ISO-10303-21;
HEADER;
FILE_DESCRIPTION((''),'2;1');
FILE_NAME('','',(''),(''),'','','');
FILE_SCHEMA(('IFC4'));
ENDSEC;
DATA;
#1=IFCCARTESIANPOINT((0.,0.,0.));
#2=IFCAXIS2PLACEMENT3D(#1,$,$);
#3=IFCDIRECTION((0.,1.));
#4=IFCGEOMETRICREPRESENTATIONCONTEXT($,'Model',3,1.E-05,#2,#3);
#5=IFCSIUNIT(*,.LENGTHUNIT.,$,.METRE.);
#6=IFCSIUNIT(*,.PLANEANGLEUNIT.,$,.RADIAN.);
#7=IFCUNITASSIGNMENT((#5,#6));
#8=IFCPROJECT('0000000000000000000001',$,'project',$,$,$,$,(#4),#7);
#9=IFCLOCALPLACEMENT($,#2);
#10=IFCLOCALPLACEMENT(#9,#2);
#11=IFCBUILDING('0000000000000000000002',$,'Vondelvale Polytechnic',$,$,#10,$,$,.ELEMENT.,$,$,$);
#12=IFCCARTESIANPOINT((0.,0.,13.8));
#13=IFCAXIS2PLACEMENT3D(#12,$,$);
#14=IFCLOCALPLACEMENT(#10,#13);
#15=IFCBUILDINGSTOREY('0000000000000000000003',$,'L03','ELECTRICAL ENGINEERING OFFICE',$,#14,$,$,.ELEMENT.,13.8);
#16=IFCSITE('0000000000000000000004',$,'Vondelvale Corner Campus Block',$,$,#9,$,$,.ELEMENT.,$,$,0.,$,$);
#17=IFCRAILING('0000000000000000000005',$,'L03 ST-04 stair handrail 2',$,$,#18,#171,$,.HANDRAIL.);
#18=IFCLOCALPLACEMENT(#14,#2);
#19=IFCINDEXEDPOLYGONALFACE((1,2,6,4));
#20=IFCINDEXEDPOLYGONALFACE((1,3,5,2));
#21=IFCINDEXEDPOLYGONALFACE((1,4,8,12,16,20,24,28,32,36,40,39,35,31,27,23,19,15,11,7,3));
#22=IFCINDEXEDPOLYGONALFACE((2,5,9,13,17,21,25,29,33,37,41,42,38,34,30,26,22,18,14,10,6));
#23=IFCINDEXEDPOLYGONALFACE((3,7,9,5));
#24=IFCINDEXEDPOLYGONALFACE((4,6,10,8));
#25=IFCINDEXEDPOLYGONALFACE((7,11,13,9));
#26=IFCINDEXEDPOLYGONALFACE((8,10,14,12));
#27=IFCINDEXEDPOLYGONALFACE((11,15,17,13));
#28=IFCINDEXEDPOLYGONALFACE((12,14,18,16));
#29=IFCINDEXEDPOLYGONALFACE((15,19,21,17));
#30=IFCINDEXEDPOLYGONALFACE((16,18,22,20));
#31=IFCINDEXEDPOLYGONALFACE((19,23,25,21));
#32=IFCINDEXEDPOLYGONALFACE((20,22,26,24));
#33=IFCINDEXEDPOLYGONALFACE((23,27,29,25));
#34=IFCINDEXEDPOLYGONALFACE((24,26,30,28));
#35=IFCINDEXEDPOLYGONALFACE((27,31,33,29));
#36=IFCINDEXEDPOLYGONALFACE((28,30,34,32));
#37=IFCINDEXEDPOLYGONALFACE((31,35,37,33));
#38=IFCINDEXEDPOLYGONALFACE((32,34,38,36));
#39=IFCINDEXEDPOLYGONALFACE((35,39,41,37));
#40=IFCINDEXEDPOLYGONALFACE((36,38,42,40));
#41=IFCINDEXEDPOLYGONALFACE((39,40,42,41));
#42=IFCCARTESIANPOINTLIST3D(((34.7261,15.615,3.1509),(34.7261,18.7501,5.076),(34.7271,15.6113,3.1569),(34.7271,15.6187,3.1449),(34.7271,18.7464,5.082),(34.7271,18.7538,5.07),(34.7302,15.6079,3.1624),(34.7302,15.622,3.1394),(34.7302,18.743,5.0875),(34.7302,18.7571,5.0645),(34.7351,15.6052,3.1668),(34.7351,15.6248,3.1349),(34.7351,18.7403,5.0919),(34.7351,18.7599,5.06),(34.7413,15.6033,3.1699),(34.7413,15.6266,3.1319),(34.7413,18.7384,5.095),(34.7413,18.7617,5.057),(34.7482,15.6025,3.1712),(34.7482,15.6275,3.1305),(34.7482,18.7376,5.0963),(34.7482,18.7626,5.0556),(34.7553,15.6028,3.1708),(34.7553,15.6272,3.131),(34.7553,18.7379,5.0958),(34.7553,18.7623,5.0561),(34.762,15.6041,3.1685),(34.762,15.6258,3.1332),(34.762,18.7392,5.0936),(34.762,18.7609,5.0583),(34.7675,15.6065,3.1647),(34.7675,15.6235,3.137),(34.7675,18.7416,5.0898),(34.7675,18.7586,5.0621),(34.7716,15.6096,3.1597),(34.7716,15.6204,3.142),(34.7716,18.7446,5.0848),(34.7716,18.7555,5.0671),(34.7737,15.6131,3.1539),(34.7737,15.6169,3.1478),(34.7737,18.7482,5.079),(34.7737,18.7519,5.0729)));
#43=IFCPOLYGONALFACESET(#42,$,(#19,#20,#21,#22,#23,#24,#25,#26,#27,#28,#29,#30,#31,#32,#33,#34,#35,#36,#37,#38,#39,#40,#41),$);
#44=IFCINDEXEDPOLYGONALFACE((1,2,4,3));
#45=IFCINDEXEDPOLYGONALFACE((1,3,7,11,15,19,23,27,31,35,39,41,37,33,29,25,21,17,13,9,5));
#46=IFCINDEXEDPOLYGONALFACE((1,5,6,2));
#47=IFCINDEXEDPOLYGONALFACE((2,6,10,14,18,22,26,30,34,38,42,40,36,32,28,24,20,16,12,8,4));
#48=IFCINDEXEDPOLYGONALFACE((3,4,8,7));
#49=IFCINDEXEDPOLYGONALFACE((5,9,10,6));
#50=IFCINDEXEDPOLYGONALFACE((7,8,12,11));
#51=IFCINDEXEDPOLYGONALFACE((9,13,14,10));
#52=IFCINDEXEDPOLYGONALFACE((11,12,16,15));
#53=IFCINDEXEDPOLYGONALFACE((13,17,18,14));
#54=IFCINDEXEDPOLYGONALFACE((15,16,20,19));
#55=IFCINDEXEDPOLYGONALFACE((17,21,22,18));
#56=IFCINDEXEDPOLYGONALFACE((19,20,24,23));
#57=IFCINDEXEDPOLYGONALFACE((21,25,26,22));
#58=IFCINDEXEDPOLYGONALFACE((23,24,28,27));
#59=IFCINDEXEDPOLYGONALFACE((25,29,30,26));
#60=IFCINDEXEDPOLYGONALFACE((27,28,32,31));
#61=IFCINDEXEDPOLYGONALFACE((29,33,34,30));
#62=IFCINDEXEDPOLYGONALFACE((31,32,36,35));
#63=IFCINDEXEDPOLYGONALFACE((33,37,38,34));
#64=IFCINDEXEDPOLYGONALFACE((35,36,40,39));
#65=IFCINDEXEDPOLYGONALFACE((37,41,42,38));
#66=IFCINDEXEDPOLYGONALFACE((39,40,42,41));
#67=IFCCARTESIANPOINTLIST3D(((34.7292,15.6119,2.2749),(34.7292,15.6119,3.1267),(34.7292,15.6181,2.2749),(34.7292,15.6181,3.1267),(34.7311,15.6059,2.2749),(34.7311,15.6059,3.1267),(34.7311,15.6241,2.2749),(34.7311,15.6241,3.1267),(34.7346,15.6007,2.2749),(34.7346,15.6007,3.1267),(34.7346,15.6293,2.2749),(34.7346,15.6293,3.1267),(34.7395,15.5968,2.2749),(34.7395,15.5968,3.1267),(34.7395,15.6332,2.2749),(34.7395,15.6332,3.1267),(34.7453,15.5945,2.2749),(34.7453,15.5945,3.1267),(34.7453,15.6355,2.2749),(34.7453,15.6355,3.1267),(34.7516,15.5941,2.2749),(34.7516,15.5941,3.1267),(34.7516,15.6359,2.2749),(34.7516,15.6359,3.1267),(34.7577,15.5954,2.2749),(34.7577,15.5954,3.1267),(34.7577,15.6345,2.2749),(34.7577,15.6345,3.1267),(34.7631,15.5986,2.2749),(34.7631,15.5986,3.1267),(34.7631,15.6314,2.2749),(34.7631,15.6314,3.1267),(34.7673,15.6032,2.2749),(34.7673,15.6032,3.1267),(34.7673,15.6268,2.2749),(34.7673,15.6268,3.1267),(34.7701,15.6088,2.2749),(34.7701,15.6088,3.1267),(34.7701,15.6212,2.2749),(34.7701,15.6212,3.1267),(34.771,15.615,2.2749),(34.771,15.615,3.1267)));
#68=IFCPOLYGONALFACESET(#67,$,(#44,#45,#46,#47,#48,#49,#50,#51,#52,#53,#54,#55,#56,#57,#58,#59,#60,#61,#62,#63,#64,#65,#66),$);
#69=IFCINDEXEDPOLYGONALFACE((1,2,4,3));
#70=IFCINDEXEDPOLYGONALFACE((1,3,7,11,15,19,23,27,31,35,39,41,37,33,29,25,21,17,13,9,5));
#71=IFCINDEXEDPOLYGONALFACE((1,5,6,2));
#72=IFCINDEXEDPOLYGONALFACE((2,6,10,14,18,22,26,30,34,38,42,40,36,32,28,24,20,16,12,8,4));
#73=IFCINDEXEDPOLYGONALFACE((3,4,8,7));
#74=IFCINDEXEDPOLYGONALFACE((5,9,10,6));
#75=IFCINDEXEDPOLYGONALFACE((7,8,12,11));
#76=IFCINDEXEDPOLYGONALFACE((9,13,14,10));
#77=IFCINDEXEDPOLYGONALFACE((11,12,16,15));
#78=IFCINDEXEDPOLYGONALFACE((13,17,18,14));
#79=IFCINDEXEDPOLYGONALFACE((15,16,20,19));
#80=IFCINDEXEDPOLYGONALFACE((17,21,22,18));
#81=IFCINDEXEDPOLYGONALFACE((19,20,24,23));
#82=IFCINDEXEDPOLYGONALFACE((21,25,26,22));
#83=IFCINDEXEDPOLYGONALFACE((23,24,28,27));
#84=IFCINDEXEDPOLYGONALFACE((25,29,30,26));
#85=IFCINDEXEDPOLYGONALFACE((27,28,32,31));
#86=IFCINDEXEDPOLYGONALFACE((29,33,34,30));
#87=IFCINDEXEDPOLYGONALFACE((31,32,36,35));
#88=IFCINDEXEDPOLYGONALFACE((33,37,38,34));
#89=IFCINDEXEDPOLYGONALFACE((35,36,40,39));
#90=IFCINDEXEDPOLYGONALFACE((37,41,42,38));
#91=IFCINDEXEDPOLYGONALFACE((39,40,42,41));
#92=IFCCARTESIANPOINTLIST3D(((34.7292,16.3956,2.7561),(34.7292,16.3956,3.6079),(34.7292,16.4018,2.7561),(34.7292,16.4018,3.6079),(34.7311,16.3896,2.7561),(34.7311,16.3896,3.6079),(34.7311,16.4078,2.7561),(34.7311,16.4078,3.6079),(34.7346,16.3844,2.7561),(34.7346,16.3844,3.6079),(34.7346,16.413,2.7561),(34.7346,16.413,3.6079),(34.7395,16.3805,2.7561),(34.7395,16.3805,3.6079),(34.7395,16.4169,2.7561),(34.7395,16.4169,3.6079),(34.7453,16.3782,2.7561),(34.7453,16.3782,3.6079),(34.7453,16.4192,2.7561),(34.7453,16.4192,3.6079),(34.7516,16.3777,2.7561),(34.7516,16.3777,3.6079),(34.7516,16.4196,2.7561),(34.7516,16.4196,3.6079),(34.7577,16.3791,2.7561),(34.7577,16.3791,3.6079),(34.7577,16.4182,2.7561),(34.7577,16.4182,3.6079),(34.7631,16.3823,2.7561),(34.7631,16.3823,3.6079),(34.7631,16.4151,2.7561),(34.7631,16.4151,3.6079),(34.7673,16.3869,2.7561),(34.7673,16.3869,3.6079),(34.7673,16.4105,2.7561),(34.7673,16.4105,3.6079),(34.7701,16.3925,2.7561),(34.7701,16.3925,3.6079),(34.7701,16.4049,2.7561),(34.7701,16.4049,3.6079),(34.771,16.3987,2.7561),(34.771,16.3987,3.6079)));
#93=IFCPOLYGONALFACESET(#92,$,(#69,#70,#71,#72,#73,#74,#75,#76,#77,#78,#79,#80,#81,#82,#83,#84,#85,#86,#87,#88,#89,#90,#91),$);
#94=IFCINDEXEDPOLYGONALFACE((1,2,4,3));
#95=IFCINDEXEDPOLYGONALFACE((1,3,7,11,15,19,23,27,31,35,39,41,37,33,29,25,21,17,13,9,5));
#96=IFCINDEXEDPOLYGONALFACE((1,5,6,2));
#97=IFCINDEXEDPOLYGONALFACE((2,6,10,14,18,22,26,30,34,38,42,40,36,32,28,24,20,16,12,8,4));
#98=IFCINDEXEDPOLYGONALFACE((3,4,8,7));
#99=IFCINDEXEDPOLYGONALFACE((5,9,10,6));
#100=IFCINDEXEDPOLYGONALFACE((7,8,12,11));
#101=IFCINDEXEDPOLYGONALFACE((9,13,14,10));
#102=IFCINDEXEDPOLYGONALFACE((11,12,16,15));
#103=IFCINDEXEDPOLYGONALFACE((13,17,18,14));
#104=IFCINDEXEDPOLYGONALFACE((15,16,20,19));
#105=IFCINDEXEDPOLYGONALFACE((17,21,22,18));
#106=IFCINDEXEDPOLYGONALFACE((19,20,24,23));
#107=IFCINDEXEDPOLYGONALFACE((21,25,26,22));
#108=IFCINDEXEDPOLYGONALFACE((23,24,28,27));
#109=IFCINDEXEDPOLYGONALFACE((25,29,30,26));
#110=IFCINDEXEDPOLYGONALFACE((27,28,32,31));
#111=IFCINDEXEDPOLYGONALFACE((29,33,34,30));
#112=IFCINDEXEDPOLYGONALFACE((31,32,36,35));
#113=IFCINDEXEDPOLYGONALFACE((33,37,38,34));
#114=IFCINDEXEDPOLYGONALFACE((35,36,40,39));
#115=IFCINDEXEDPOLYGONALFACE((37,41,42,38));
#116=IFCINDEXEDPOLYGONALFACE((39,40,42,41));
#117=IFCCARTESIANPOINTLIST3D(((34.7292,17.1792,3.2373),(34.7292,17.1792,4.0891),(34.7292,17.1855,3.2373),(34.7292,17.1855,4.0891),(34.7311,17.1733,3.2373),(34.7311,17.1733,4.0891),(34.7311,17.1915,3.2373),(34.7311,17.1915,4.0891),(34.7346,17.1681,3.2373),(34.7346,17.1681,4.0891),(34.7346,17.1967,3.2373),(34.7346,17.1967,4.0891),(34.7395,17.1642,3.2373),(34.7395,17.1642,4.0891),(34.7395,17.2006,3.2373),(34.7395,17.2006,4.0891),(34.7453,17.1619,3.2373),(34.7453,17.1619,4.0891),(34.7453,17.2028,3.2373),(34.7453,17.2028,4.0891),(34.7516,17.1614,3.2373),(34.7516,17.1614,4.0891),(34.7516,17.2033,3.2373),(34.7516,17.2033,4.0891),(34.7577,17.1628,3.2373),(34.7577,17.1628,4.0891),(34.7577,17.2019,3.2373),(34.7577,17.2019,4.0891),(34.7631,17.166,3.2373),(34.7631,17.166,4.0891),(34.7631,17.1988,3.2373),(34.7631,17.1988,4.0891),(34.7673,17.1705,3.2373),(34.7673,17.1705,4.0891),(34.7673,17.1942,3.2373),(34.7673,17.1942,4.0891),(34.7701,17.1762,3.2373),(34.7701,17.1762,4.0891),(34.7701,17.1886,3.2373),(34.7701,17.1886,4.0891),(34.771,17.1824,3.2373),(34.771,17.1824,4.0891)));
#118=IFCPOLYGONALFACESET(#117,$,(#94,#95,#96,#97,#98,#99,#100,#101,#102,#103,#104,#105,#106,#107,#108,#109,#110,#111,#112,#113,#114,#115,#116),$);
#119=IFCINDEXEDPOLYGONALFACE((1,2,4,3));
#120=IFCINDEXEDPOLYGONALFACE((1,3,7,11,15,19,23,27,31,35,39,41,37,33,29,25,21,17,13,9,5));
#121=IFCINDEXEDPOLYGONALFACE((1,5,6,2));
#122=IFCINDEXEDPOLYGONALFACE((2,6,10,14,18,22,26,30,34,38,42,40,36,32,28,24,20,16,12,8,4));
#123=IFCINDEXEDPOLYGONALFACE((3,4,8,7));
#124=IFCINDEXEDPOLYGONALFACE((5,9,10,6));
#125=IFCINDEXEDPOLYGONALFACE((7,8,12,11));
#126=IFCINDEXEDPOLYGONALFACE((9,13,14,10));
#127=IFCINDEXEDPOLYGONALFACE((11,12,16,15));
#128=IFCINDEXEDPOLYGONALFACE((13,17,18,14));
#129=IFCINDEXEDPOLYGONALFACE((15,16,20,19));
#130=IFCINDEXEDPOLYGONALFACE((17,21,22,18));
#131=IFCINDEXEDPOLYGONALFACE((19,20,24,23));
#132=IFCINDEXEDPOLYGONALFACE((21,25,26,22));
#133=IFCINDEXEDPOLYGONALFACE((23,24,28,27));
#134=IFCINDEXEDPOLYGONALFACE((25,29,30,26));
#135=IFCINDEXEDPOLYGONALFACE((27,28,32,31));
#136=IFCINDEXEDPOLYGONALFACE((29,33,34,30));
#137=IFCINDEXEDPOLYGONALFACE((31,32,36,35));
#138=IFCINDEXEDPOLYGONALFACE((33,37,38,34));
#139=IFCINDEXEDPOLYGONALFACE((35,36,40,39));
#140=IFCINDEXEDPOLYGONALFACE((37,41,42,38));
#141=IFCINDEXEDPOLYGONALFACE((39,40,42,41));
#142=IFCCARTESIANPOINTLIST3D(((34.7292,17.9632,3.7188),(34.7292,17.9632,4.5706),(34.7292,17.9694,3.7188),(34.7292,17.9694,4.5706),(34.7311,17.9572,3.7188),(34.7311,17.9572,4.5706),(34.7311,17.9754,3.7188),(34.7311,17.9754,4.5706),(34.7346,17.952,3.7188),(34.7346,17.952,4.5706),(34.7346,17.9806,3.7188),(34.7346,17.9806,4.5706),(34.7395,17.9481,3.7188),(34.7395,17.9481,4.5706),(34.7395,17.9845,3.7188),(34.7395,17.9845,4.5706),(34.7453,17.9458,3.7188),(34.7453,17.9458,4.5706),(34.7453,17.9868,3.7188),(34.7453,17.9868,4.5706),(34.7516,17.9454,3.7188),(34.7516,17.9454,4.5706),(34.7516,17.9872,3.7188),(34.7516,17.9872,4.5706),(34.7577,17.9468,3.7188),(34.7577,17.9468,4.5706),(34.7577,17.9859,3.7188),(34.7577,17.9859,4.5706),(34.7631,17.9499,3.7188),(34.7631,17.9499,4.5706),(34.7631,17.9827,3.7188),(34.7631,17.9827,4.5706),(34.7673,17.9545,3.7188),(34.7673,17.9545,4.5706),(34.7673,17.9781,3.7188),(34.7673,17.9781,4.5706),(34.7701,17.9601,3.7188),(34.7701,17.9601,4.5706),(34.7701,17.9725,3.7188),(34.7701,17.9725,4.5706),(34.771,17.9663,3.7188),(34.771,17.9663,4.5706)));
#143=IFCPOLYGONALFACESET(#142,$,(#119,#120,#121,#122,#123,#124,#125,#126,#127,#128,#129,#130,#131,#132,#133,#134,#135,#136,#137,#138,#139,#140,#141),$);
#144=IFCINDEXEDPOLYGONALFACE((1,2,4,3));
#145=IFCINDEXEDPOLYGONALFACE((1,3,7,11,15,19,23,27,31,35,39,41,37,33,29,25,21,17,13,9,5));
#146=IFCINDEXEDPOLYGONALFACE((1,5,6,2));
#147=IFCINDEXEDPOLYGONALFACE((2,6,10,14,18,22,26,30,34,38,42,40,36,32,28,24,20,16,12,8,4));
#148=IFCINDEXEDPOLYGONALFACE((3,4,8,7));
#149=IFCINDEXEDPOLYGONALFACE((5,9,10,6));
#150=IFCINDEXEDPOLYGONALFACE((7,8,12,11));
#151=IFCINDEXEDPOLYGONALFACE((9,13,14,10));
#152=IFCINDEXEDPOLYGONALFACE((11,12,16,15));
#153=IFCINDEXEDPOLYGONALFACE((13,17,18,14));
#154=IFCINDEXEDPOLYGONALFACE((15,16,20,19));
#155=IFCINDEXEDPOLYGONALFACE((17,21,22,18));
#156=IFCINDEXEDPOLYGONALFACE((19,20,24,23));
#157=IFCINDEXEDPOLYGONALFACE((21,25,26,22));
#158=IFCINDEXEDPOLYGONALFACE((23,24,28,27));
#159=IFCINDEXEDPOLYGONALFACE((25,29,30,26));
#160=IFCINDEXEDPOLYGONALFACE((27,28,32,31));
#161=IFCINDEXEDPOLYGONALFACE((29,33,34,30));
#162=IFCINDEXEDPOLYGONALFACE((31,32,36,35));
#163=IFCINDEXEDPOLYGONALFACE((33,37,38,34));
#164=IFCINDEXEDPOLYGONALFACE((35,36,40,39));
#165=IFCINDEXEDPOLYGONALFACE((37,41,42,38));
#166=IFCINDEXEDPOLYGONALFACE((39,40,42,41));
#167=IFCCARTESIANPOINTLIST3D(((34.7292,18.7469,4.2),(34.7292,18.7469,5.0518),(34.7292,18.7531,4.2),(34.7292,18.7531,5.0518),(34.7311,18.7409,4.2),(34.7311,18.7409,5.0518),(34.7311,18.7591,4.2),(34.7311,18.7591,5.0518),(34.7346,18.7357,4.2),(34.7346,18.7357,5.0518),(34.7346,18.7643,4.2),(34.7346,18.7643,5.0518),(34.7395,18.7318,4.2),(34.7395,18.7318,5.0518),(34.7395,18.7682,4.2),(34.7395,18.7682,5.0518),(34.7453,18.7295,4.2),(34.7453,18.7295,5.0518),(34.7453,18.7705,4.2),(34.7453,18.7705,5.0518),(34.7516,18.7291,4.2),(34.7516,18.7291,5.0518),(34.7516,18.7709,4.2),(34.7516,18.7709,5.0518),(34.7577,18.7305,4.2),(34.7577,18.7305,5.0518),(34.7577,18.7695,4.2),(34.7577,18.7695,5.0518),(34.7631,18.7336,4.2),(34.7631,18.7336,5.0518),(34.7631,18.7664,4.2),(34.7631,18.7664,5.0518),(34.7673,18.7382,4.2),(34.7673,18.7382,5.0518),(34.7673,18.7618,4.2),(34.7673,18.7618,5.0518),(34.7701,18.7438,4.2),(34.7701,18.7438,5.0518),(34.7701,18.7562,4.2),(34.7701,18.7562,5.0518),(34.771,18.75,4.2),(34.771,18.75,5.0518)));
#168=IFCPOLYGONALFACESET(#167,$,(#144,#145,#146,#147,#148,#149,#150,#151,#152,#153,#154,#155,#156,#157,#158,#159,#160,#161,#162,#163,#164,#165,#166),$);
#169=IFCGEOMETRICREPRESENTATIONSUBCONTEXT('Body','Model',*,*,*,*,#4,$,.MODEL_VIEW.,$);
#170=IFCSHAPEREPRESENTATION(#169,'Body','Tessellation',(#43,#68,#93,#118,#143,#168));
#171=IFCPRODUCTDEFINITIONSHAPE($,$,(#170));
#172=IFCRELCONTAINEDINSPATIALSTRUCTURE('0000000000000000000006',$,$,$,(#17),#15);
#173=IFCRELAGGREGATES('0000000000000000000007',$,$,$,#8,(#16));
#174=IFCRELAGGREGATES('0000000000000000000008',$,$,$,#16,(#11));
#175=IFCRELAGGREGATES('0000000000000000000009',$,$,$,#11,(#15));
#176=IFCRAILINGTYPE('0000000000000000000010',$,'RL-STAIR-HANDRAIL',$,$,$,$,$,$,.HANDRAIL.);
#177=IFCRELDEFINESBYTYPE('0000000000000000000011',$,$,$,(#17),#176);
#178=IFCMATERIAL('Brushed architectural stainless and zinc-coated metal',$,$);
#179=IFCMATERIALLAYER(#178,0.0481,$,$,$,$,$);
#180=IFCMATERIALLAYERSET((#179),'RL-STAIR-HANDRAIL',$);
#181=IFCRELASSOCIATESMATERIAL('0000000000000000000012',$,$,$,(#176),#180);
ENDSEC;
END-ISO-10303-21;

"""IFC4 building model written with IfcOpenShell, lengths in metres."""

from ifc_helpers import new_model, si_unit, direction, frame, origin, origin_2d, place, context, subcontext, project, spatial, circle, extrude, material, layer, layer_set, type_object, element, save


model = new_model("IFC4")

# Units and contexts
model_context = context("Model", 3, precision=1e-05, world=origin(), true_north=direction((0.0, 1.0)))
body_context = subcontext(model_context, "Body", "Model", "MODEL_VIEW")
ifc_project = project(units=[si_unit("LENGTHUNIT", "METRE"), si_unit("PLANEANGLEUNIT", "RADIAN")], contexts=[model_context])

# Site, building, storey
site_placement = place(None, origin())
site = spatial("IfcSite", under=ifc_project, at=site_placement, Name="Vondelvale Corner Campus Block", CompositionType="ELEMENT", RefElevation=0.0)
building_placement = place(site_placement, origin())
building = spatial("IfcBuilding", under=site, at=building_placement, Name="Vondelvale Polytechnic", CompositionType="ELEMENT")
storey_placement = place(building_placement, frame((0.0, 0.0, 13.8)))
storey = spatial("IfcBuildingStorey", under=building, at=storey_placement, Name="L03", Description="ELECTRICAL ENGINEERING OFFICE", CompositionType="ELEMENT", Elevation=13.8)

# Railing
ifc_material_1 = material(Name="Brushed architectural stainless and zinc-coated metal")
ifc_layer_1 = layer(ifc_material_1, 0.0481)
ifc_layer_set_1 = layer_set([ifc_layer_1], Name="RL-STAIR-HANDRAIL")
railing_type_1 = type_object("IfcRailingType", Name="RL-STAIR-HANDRAIL", PredefinedType="HANDRAIL", material=ifc_layer_set_1)
railing_1_placement = place(storey_placement, frame((34.75, 15.615, 2.2749)))
element("IfcRailing", 1, at=railing_1_placement, inside=storey, type_object=railing_type_1, Name="L03 ST-04 stair handrail 2", PredefinedType="HANDRAIL", context=body_context, shape_type="SweptSolid", body=[
    extrude(circle(Radius=0.0239, at=origin_2d()), frame((0.0, 0.0, 0.876), z_axis=(0.0, 0.852166, 0.523271), x_axis=(-1.0, 0.0, 0.0)), (0.0, 0.0, 1.0), 3.679),
    extrude(circle(Radius=0.021, at=origin_2d()), origin(), (0.0, 0.0, 1.0), 0.8518),
    extrude(circle(Radius=0.021, at=origin_2d()), frame((0.0, 0.7837, 0.4812)), (0.0, 0.0, 1.0), 0.8518),
    extrude(circle(Radius=0.021, at=origin_2d()), frame((0.0, 1.5674, 0.9624)), (0.0, 0.0, 1.0), 0.8518),
    extrude(circle(Radius=0.021, at=origin_2d()), frame((0.0, 2.3513, 1.4438)), (0.0, 0.0, 1.0), 0.8518),
    extrude(circle(Radius=0.021, at=origin_2d()), frame((0.0, 3.135, 1.925)), (0.0, 0.0, 1.0), 0.8518),
])

save(model, "model.ifc")
